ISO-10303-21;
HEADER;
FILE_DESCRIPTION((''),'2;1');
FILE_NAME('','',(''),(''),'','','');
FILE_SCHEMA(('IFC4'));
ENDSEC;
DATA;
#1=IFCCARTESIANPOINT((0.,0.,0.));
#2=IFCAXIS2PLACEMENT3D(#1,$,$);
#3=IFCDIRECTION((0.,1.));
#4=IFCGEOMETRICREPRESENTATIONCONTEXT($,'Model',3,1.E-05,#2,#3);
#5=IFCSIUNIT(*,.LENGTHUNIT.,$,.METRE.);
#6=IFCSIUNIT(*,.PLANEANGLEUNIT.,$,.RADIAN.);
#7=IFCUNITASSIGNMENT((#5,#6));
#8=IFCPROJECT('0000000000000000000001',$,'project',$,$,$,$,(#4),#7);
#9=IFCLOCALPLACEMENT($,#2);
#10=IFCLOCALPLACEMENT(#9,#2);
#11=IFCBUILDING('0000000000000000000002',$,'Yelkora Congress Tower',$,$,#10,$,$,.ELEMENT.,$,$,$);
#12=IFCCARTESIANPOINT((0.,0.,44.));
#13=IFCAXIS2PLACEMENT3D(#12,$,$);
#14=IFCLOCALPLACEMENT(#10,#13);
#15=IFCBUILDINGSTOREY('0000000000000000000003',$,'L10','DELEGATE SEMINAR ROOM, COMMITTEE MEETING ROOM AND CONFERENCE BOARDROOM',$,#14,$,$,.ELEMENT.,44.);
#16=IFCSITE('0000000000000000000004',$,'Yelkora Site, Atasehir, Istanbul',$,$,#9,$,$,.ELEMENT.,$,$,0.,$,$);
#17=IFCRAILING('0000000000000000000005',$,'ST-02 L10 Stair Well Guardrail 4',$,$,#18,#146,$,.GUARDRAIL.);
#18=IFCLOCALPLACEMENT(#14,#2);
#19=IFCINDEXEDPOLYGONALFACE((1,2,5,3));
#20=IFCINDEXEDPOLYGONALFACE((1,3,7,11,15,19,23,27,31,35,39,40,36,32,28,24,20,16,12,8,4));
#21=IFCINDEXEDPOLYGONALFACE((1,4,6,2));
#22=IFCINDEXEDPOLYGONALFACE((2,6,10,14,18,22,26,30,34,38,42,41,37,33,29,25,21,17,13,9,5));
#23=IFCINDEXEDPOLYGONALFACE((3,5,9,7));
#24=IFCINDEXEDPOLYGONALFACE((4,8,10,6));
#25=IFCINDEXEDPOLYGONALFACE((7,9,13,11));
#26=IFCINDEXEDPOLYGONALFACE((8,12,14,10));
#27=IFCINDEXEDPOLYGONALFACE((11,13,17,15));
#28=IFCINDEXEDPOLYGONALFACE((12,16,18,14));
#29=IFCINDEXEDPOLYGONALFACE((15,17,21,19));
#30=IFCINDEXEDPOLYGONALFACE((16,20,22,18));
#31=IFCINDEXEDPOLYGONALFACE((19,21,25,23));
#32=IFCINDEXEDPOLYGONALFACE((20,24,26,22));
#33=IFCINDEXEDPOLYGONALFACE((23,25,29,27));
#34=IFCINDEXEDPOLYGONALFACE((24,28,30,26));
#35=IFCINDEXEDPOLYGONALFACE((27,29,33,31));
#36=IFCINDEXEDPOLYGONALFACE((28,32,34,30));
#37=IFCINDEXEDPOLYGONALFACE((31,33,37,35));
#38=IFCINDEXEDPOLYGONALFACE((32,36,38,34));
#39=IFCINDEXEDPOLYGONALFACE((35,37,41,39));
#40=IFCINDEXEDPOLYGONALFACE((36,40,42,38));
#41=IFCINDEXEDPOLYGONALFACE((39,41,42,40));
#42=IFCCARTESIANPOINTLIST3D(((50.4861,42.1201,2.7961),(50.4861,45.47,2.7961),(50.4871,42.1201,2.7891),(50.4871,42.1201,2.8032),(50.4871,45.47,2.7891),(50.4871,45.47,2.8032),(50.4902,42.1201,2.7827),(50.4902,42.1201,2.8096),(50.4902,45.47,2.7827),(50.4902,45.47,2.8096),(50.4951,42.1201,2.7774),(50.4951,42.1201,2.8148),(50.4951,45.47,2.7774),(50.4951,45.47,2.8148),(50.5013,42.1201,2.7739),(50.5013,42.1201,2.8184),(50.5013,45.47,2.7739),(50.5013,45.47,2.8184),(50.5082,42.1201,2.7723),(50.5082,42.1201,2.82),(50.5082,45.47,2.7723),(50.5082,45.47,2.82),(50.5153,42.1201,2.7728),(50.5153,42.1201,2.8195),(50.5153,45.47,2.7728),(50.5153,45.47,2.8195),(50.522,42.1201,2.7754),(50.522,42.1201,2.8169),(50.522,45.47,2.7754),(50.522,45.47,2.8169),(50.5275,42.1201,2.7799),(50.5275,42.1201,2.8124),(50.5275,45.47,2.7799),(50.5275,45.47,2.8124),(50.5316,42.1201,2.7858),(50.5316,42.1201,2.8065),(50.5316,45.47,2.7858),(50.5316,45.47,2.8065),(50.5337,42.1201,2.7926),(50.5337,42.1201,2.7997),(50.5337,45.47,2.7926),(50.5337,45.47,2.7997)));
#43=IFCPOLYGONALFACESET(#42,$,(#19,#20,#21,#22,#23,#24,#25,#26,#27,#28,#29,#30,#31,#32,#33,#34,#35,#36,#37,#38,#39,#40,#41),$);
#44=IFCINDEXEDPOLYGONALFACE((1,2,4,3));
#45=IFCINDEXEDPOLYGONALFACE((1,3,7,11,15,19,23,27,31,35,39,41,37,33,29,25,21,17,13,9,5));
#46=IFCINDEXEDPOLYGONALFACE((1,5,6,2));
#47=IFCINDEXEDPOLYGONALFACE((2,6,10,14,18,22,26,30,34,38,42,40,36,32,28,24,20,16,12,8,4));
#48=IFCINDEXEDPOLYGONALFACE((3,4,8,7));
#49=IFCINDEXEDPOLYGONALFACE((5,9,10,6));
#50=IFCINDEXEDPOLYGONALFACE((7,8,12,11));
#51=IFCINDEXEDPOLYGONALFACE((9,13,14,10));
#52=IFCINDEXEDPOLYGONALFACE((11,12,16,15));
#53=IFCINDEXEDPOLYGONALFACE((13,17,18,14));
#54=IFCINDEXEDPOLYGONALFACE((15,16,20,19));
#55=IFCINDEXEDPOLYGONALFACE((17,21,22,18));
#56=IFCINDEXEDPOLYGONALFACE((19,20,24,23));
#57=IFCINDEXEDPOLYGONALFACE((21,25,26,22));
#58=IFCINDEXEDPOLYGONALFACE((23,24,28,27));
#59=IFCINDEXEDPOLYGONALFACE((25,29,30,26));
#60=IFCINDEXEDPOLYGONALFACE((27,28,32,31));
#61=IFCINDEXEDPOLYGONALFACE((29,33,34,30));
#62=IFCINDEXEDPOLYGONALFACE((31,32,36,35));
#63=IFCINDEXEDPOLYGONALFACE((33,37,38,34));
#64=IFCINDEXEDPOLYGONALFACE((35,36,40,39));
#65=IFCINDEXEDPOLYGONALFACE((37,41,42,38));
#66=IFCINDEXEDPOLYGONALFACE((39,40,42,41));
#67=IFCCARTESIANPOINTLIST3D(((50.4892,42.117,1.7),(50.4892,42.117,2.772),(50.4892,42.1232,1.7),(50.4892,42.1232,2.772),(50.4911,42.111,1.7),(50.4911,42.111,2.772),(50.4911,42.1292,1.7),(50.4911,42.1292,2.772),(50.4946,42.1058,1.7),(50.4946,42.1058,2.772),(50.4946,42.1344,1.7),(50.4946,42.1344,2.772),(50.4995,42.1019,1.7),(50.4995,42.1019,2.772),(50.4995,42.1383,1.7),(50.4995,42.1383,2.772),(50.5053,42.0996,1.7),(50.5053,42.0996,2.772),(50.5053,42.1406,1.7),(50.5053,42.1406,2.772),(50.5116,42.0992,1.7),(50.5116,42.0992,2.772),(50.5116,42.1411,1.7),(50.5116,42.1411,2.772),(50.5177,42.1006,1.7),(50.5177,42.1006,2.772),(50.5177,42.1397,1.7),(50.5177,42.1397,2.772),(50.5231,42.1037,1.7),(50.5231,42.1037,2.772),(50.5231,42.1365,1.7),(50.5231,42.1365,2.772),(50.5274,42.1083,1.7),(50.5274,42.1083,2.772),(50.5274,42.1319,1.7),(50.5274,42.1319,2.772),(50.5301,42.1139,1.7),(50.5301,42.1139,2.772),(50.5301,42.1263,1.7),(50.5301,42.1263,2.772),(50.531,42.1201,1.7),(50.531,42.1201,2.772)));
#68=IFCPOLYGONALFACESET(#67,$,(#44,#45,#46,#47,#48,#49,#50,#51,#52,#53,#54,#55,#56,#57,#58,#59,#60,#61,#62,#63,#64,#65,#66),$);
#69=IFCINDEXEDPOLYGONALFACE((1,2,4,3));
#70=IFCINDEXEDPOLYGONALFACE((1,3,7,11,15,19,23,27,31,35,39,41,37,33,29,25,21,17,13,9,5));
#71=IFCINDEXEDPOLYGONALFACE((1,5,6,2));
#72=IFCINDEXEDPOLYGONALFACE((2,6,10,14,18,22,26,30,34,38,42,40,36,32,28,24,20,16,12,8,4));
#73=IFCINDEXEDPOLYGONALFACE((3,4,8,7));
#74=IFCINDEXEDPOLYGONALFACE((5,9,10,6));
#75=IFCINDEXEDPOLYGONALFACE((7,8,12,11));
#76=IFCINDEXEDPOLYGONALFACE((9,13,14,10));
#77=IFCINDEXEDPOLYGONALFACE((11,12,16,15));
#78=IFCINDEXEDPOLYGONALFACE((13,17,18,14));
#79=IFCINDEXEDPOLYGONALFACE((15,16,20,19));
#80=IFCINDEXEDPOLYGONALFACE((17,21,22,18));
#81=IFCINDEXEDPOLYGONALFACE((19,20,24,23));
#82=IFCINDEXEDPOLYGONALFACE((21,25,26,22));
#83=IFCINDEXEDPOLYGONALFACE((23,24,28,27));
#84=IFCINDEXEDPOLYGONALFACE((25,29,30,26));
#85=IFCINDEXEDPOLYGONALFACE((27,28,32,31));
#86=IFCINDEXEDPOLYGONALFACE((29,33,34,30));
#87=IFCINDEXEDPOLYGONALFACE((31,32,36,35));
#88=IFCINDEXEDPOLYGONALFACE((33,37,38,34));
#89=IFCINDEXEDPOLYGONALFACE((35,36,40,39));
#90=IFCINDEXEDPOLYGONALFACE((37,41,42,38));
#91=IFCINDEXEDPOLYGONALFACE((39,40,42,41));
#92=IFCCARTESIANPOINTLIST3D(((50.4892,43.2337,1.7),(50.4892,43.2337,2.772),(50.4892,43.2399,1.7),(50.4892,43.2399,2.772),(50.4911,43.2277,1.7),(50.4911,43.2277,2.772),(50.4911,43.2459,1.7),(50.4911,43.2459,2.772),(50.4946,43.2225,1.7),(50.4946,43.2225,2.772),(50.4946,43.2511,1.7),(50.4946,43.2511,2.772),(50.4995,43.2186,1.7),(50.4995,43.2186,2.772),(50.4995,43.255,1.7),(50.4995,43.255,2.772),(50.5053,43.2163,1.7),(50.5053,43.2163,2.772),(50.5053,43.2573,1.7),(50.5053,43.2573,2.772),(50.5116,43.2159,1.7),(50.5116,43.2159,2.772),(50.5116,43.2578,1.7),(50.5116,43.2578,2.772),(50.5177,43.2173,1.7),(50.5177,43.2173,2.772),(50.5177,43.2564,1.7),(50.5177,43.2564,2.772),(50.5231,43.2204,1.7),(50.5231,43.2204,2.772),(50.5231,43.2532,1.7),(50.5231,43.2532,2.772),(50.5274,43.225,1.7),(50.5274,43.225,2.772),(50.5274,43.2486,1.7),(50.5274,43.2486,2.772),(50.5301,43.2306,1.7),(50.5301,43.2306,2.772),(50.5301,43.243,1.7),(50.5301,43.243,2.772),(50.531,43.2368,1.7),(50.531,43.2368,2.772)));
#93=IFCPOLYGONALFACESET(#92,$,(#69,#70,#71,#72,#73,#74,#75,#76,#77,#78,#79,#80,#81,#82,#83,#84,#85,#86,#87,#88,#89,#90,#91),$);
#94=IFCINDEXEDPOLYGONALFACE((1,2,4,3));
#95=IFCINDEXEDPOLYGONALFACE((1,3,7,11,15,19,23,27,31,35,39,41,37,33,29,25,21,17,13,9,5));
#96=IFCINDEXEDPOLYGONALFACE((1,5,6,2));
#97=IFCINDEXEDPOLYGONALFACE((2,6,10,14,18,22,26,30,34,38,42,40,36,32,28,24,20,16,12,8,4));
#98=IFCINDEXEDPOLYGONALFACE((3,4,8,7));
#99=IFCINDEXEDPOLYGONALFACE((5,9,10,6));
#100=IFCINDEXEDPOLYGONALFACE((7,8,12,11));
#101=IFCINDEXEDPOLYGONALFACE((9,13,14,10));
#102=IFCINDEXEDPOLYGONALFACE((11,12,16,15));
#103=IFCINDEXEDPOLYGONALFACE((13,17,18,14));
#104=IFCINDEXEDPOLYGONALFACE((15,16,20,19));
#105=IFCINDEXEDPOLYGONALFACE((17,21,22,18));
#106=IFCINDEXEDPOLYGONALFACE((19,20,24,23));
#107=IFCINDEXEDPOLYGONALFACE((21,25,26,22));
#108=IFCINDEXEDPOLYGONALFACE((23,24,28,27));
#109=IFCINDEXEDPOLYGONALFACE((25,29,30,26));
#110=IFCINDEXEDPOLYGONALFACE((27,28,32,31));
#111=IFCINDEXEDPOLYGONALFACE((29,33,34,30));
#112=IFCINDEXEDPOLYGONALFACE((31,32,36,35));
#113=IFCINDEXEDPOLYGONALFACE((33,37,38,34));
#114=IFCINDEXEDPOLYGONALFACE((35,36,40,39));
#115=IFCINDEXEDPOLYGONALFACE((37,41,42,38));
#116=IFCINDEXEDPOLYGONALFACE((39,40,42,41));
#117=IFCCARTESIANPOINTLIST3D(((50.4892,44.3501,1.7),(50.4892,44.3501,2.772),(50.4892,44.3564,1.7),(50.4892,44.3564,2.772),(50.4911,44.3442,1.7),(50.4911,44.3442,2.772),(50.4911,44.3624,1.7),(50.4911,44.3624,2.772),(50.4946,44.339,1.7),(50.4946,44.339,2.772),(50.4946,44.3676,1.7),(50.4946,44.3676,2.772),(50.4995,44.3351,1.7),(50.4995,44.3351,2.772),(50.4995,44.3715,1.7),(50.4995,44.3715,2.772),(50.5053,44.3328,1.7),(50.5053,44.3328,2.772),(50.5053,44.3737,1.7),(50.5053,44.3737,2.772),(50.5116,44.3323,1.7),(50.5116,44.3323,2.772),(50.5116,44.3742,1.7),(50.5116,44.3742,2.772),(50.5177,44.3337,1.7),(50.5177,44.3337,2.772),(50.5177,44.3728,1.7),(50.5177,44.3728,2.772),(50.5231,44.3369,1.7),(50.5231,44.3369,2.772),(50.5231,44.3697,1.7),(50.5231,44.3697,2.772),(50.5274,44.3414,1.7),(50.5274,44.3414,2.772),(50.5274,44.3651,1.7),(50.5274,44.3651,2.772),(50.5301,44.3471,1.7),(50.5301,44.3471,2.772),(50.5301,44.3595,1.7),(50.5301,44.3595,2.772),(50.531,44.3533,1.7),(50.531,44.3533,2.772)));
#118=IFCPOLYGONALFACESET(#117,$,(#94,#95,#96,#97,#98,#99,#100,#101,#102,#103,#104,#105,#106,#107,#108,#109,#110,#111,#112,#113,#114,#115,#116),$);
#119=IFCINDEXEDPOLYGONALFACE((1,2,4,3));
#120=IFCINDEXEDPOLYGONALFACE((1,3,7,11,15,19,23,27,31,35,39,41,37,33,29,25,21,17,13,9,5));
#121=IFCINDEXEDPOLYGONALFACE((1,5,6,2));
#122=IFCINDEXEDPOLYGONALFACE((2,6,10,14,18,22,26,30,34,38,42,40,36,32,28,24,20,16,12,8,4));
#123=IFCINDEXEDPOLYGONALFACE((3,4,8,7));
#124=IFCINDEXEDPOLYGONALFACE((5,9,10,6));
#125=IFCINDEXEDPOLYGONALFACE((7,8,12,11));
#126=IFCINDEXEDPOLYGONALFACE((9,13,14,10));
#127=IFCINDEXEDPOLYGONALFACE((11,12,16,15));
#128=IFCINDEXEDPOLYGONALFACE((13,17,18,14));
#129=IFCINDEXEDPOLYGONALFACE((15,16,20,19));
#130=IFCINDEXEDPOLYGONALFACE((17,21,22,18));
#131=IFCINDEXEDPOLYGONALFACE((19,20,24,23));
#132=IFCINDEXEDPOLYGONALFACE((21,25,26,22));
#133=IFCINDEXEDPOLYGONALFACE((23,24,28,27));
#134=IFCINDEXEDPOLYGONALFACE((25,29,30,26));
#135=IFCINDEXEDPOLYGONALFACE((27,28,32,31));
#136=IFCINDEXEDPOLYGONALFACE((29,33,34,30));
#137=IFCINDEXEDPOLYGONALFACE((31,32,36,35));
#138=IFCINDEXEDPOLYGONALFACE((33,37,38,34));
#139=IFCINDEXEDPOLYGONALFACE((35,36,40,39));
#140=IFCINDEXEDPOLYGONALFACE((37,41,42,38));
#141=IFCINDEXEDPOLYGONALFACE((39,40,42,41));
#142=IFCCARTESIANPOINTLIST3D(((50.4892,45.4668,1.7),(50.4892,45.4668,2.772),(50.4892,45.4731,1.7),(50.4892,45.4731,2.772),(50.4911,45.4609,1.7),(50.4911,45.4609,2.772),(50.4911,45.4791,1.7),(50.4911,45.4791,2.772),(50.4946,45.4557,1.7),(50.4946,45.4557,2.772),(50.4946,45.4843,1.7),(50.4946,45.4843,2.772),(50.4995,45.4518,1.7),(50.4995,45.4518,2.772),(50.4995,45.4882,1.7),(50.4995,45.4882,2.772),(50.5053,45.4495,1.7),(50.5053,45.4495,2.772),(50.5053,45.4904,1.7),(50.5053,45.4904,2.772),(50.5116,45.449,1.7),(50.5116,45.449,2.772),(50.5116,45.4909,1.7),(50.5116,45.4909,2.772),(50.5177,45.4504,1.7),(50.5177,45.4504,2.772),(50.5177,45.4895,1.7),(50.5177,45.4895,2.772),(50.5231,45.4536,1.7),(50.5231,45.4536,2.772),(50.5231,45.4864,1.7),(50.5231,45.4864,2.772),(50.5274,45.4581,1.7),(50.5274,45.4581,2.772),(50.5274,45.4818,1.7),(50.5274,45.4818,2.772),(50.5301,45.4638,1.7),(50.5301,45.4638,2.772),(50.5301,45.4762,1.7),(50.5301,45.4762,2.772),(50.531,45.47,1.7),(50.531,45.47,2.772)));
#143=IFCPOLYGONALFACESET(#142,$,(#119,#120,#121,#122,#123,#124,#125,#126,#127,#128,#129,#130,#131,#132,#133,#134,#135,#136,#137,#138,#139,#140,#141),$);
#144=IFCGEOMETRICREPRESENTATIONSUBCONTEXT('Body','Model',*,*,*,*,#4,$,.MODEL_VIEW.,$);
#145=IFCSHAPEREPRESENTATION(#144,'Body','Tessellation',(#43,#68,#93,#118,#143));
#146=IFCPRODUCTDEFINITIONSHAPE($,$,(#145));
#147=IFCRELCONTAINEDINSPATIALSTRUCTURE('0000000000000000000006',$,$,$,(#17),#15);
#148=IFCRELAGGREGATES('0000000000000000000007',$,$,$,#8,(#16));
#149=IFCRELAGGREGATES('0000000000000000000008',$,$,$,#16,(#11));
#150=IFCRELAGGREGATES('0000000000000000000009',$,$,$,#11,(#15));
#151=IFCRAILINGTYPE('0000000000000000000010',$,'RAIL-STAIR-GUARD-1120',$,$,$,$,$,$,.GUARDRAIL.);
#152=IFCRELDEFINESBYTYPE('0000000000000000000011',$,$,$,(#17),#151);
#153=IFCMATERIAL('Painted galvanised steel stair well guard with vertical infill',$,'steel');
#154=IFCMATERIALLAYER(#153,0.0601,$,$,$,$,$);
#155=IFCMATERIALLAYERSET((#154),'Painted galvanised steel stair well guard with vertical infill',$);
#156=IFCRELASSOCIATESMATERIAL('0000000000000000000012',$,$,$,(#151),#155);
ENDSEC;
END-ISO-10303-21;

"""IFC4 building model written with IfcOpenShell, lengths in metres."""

from ifc_helpers import new_model, si_unit, direction, frame, origin, origin_2d, place, context, subcontext, project, spatial, circle, extrude, material, layer, layer_set, type_object, element, save


model = new_model("IFC4")

# Units and contexts
model_context = context("Model", 3, precision=1e-05, world=origin(), true_north=direction((0.0, 1.0)))
body_context = subcontext(model_context, "Body", "Model", "MODEL_VIEW")
ifc_project = project(units=[si_unit("LENGTHUNIT", "METRE"), si_unit("PLANEANGLEUNIT", "RADIAN")], contexts=[model_context])

# Site, building, storey
site_placement = place(None, origin())
site = spatial("IfcSite", under=ifc_project, at=site_placement, Name="Yelkora Site, Atasehir, Istanbul", CompositionType="ELEMENT", RefElevation=0.0)
building_placement = place(site_placement, origin())
building = spatial("IfcBuilding", under=site, at=building_placement, Name="Yelkora Congress Tower", CompositionType="ELEMENT")
storey_placement = place(building_placement, frame((0.0, 0.0, 44.0)))
storey = spatial("IfcBuildingStorey", under=building, at=storey_placement, Name="L10", Description="DELEGATE SEMINAR ROOM, COMMITTEE MEETING ROOM AND CONFERENCE BOARDROOM", CompositionType="ELEMENT", Elevation=44.0)

# Railing
ifc_material_1 = material(Name="Painted galvanised steel stair well guard with vertical infill", Category="steel")
ifc_layer_1 = layer(ifc_material_1, 0.0601)
ifc_layer_set_1 = layer_set([ifc_layer_1], Name="Painted galvanised steel stair well guard with vertical infill")
railing_type_1 = type_object("IfcRailingType", Name="RAIL-STAIR-GUARD-1120", PredefinedType="GUARDRAIL", material=ifc_layer_set_1)
railing_1_placement = place(storey_placement, frame((50.51, 42.1201, 1.7)))
element("IfcRailing", 1, at=railing_1_placement, inside=storey, type_object=railing_type_1, Name="ST-02 L10 Stair Well Guardrail 4", PredefinedType="GUARDRAIL", context=body_context, shape_type="SweptSolid", body=[
    extrude(circle(Radius=0.0239, at=origin_2d()), frame((0.0, 0.0, 1.0962), z_axis=(0.0, 1.0, 0.0), x_axis=(-1.0, 0.0, 0.0)), (0.0, 0.0, 1.0), 3.3499),
    extrude(circle(Radius=0.021, at=origin_2d()), origin(), (0.0, 0.0, 1.0), 1.072),
    extrude(circle(Radius=0.021, at=origin_2d()), frame((0.0, 1.1167, 0.0)), (0.0, 0.0, 1.0), 1.072),
    extrude(circle(Radius=0.021, at=origin_2d()), frame((0.0, 2.2332, 0.0)), (0.0, 0.0, 1.0), 1.072),
    extrude(circle(Radius=0.021, at=origin_2d()), frame((0.0, 3.3499, 0.0)), (0.0, 0.0, 1.0), 1.072),
])

save(model, "model.ifc")
